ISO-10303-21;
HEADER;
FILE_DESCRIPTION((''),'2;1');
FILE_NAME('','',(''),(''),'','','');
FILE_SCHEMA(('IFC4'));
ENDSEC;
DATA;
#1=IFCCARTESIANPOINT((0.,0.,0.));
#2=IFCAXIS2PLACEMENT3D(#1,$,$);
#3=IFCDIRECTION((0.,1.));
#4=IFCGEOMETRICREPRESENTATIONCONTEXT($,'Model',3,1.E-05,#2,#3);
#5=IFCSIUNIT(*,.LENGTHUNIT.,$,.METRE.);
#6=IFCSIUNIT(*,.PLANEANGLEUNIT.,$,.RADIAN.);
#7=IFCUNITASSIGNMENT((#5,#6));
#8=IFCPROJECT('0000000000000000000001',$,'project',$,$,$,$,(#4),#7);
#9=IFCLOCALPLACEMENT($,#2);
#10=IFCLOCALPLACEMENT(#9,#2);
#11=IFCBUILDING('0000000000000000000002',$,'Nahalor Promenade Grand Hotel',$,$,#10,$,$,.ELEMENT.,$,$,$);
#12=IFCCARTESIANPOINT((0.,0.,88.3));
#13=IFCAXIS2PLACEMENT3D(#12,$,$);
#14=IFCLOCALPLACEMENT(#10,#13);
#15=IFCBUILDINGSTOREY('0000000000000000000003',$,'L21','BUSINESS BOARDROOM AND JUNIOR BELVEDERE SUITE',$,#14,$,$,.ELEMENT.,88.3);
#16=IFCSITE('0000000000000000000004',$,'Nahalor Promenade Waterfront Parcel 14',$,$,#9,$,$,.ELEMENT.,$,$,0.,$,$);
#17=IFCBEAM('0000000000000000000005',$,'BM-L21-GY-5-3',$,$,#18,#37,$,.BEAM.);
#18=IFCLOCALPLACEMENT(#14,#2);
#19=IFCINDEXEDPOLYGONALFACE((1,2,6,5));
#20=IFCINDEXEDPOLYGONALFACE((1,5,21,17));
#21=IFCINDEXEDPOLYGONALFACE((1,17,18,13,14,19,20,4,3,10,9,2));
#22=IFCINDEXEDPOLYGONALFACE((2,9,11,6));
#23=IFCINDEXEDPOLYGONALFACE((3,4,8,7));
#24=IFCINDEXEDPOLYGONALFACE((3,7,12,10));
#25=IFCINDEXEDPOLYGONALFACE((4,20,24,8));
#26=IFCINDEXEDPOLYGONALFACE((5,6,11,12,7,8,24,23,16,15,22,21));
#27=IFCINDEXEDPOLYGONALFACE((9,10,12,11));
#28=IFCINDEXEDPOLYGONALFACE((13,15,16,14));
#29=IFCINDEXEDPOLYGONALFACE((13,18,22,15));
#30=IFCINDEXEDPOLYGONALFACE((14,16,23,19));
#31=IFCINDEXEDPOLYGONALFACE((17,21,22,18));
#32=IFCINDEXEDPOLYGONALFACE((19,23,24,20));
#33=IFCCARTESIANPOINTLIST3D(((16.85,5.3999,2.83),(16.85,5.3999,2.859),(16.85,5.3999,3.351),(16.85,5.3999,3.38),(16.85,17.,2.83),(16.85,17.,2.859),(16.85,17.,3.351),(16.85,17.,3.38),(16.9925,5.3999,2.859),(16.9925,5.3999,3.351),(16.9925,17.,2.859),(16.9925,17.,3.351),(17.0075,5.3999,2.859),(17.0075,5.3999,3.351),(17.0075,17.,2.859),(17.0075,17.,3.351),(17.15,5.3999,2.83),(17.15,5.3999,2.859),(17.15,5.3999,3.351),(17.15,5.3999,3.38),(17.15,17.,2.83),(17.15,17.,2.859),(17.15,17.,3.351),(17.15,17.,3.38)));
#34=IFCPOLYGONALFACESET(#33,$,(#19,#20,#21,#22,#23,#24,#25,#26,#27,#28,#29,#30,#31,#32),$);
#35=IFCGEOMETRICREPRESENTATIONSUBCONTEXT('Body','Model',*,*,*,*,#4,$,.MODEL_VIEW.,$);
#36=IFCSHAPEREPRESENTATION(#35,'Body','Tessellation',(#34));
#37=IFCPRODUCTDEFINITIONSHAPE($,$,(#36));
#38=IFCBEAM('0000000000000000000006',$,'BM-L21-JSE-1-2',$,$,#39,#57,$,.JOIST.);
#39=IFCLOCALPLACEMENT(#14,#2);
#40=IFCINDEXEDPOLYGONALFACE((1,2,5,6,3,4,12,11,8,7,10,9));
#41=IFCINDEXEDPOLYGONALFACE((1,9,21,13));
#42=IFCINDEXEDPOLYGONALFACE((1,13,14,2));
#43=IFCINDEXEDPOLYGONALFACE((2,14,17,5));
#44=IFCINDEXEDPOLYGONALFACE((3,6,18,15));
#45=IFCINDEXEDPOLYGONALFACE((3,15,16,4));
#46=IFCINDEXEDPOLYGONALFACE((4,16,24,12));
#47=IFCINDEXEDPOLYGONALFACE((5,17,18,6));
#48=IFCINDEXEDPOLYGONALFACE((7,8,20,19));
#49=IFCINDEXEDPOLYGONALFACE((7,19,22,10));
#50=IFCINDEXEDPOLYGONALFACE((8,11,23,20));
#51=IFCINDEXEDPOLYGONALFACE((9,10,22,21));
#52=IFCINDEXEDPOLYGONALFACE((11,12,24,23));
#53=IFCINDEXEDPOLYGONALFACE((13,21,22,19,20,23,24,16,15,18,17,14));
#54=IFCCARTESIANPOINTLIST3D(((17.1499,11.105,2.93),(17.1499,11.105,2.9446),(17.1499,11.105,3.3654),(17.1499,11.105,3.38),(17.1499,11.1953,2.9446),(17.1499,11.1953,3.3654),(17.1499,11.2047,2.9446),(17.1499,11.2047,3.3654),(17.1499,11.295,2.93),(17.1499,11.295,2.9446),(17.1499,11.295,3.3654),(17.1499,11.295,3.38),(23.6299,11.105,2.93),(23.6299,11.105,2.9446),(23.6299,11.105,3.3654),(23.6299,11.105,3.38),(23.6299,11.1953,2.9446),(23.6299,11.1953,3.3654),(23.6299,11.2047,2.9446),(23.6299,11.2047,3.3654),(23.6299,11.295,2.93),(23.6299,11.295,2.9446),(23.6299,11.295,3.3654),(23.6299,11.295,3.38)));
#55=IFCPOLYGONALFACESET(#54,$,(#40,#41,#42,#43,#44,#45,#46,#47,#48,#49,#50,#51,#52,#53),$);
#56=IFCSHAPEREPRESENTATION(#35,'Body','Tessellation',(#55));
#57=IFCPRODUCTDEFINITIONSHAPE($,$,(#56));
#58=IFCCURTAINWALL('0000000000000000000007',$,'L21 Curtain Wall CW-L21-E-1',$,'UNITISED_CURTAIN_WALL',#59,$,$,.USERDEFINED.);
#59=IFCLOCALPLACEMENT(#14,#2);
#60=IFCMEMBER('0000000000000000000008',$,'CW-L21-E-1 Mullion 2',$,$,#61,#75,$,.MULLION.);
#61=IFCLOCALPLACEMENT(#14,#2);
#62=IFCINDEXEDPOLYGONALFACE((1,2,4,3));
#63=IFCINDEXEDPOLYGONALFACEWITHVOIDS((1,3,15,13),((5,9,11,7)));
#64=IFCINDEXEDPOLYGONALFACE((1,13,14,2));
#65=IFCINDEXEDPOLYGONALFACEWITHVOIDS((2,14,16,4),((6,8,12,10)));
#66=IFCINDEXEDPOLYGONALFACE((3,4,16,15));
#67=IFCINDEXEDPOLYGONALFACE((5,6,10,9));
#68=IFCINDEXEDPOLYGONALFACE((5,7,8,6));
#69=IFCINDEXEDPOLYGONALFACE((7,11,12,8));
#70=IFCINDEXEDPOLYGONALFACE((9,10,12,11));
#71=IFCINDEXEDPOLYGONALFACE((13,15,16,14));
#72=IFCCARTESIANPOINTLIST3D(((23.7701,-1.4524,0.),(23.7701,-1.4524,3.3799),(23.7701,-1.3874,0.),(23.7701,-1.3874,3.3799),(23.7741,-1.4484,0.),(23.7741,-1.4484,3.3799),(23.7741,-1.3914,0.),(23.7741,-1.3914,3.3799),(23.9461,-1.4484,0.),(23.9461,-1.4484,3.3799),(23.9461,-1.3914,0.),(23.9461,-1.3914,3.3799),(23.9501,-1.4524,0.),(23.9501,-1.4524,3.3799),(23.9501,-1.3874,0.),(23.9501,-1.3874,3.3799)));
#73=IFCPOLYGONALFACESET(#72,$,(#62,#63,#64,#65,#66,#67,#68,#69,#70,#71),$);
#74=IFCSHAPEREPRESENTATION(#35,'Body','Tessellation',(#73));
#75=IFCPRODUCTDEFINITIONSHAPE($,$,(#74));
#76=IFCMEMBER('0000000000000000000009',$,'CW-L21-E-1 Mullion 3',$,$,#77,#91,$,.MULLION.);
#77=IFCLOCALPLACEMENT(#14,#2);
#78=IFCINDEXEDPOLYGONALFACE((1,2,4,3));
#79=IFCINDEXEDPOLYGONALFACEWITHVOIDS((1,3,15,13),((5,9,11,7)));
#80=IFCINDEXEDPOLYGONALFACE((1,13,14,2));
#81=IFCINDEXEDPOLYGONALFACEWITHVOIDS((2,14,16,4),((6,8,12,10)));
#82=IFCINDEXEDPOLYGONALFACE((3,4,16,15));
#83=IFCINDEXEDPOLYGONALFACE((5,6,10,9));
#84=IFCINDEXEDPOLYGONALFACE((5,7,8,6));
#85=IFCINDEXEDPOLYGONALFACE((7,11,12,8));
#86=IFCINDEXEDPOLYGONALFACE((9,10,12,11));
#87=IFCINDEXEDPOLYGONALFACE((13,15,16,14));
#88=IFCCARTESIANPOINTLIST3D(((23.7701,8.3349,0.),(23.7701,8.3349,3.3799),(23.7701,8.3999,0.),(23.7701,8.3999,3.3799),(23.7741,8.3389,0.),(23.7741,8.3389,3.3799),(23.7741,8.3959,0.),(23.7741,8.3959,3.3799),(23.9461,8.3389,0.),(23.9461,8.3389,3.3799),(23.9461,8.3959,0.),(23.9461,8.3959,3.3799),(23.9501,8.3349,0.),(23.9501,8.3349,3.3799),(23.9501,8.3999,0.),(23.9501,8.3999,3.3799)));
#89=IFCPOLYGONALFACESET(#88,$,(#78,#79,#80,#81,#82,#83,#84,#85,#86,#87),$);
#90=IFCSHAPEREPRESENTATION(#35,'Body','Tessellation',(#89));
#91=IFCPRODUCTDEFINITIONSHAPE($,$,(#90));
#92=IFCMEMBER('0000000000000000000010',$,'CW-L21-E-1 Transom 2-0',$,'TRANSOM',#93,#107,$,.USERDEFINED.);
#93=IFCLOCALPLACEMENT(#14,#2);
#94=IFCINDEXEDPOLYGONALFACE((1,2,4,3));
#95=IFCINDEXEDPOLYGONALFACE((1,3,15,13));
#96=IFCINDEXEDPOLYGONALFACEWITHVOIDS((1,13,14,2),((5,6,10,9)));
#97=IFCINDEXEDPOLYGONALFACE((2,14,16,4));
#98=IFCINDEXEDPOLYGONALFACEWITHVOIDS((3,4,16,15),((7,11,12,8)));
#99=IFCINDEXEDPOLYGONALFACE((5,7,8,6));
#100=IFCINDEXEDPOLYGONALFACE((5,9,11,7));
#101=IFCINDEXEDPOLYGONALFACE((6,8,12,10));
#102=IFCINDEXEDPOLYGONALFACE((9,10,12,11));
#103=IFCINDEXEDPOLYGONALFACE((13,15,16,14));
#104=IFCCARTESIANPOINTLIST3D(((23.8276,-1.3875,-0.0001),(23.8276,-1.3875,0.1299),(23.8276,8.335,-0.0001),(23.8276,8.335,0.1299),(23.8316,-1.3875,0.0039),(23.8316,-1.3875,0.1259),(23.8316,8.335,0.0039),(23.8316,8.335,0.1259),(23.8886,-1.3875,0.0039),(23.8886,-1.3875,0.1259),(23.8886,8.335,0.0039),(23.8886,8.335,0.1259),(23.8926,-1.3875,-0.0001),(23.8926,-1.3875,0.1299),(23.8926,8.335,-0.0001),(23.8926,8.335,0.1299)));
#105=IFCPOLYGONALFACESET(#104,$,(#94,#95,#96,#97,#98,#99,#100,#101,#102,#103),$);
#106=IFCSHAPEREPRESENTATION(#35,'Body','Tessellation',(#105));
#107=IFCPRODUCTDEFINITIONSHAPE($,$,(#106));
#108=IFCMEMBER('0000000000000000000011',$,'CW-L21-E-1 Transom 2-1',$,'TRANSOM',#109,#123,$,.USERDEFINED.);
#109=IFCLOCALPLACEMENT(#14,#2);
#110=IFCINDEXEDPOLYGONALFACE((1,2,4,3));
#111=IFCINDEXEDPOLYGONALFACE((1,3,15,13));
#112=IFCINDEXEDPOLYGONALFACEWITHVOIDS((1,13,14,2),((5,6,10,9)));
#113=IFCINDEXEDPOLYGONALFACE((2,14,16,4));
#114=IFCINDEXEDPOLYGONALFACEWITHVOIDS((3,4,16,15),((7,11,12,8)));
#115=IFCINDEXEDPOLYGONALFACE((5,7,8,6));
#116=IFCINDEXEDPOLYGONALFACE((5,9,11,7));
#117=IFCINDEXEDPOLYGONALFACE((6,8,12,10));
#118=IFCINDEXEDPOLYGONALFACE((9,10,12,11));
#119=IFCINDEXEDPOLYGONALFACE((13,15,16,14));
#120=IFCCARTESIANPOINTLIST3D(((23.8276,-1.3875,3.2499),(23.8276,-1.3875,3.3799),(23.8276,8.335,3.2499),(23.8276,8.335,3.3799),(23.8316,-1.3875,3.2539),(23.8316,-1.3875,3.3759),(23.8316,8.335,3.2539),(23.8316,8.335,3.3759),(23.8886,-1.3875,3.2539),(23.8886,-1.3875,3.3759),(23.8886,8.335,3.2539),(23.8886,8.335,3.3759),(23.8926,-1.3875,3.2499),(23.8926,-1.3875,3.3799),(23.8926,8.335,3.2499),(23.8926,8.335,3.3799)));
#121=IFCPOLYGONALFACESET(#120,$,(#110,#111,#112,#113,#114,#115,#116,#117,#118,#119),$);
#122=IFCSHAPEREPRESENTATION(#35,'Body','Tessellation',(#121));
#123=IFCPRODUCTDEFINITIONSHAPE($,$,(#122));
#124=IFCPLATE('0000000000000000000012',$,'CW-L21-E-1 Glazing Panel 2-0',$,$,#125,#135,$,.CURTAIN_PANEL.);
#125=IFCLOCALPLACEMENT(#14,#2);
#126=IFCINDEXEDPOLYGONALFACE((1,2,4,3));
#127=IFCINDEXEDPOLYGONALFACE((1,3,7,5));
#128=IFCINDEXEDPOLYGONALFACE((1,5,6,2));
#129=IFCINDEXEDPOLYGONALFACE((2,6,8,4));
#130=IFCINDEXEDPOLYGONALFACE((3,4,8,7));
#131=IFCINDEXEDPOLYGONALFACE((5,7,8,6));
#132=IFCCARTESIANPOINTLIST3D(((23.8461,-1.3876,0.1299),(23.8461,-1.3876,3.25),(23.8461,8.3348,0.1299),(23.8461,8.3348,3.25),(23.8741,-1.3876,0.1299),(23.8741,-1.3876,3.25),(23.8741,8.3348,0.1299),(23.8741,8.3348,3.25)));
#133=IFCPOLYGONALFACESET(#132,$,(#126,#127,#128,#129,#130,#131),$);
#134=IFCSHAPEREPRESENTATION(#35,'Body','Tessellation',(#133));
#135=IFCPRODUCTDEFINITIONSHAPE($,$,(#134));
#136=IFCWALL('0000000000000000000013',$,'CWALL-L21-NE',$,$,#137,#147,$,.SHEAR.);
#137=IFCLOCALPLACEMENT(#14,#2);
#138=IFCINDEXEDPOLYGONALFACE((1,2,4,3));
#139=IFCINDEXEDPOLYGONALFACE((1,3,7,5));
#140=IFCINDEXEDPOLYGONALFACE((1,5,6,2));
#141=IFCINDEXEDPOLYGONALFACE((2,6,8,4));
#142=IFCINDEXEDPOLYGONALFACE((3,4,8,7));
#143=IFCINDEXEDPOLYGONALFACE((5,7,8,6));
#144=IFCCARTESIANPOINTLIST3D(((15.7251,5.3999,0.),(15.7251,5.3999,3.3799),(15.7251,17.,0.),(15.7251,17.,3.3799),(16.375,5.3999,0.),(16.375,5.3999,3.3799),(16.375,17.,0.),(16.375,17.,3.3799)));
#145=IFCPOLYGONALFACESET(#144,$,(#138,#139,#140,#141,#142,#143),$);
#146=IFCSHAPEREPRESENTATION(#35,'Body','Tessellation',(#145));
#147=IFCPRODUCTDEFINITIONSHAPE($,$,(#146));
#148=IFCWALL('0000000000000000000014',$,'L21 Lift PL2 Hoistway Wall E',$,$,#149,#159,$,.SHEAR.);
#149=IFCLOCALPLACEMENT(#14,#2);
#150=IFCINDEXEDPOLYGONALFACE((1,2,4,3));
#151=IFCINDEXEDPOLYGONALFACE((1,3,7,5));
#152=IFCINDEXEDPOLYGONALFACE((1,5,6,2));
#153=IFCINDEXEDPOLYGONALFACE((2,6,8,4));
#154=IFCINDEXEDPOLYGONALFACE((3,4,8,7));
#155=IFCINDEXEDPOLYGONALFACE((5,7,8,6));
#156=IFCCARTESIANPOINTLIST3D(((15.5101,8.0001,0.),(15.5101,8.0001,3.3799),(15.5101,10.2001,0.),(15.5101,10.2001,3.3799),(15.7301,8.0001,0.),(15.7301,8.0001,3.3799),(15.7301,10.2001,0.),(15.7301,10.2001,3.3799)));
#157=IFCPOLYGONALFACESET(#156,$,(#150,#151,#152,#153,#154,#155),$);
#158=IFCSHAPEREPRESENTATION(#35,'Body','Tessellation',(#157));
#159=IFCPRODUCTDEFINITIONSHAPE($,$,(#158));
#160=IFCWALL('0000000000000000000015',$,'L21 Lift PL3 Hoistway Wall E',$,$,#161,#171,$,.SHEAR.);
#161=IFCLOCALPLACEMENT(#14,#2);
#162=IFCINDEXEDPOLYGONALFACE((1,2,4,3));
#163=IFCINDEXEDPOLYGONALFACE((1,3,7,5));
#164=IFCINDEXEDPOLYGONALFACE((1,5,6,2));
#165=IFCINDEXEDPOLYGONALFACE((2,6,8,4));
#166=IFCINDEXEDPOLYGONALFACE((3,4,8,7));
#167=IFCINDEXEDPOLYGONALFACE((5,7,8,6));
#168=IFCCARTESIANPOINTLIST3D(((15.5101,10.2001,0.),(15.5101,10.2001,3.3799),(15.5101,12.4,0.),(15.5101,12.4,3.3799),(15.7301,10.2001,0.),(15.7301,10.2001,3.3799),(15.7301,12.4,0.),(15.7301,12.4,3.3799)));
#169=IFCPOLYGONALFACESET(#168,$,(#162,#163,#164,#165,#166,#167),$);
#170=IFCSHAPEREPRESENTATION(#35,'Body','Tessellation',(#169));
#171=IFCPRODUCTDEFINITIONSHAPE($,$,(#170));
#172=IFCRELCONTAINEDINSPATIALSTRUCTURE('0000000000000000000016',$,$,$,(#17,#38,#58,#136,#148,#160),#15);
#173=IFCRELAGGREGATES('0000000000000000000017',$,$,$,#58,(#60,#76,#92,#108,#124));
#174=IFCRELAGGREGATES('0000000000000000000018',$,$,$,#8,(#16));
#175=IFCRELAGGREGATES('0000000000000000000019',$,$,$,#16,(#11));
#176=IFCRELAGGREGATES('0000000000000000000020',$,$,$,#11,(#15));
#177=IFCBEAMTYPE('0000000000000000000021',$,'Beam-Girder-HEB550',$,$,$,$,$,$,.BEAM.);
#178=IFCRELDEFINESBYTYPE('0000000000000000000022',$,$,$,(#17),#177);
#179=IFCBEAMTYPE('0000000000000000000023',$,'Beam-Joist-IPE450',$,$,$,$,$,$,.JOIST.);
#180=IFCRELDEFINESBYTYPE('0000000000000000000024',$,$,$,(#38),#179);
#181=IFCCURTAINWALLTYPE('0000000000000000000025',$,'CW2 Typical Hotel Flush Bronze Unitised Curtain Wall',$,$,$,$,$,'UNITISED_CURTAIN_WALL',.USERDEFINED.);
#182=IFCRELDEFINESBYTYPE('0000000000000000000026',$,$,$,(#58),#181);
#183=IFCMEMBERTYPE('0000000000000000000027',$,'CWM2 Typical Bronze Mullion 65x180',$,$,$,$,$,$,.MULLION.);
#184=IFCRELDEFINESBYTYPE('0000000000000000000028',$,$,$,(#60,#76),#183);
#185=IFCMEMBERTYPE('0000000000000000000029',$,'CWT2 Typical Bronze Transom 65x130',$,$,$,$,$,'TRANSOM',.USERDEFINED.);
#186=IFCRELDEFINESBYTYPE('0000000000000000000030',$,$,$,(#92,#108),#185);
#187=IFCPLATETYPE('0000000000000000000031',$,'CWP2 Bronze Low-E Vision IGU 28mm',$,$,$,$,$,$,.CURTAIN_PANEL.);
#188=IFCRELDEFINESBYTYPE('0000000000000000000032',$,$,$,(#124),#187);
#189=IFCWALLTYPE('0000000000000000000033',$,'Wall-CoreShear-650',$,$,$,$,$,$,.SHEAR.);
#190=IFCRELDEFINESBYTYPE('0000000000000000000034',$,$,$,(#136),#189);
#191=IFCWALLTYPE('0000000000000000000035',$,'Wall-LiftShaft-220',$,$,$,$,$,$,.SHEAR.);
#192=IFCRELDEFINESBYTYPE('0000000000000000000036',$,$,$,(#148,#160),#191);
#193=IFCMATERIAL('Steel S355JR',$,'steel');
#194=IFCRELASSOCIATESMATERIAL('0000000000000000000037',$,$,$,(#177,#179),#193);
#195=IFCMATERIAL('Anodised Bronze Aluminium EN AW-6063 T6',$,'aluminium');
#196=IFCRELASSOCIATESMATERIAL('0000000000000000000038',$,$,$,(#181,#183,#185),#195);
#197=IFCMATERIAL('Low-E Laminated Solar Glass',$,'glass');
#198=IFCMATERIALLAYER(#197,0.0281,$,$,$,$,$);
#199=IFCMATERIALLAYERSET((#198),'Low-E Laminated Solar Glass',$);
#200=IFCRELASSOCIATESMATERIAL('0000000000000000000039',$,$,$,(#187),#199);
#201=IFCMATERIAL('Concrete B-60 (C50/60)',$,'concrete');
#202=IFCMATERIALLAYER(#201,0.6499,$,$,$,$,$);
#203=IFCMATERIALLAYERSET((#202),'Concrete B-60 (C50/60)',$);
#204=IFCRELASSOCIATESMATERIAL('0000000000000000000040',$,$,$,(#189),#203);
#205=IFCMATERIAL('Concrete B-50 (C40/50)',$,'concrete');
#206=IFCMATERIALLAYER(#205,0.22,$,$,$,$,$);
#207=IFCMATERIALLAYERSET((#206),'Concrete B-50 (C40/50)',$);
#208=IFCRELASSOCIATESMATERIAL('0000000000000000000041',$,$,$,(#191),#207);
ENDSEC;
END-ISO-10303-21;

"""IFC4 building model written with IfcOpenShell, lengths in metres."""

from ifc_helpers import new_model, si_unit, direction, frame, frame_2d, origin, origin_2d, place, context, subcontext, project, spatial, rectangle, hollow_rectangle, i_section, extrude, source, transform, mapped, material, layer, layer_set, material_profile, profile_set, type_object, element, aggregate, save


model = new_model("IFC4")

# Units and contexts
model_context = context("Model", 3, precision=1e-05, world=origin(), true_north=direction((0.0, 1.0)))
body_context = subcontext(model_context, "Body", "Model", "MODEL_VIEW")
ifc_project = project(units=[si_unit("LENGTHUNIT", "METRE"), si_unit("PLANEANGLEUNIT", "RADIAN")], contexts=[model_context])

# Site, building, storey
site_placement = place(None, origin())
site = spatial("IfcSite", under=ifc_project, at=site_placement, Name="Nahalor Promenade Waterfront Parcel 14", CompositionType="ELEMENT", RefElevation=0.0)
building_placement = place(site_placement, origin())
building = spatial("IfcBuilding", under=site, at=building_placement, Name="Nahalor Promenade Grand Hotel", CompositionType="ELEMENT")
storey_placement = place(building_placement, frame((0.0, 0.0, 88.3)))
storey = spatial("IfcBuildingStorey", under=building, at=storey_placement, Name="L21", Description="BUSINESS BOARDROOM AND JUNIOR BELVEDERE SUITE", CompositionType="ELEMENT", Elevation=88.3)

# Beams
ifc_material_1 = material(Name="Steel S355JR", Category="steel")
ifc_material_profile_1 = material_profile(ifc_material_1, i_section(OverallWidth=0.3, OverallDepth=0.55, WebThickness=0.015, FlangeThickness=0.029, at=origin_2d()), Name="HEB 550")
ifc_profile_set_1 = profile_set([ifc_material_profile_1], Name="Steel S355JR")
beam_type_1 = type_object("IfcBeamType", Name="Beam-Girder-HEB550", PredefinedType="BEAM", material=ifc_profile_set_1)
shared_shape_1 = source(origin(), body_context, "Body", "SweptSolid", [
    extrude(i_section(OverallWidth=0.3, OverallDepth=0.55, WebThickness=0.015, FlangeThickness=0.029, at=origin_2d()), origin(), (0.0, 0.0, 1.0), 11.6001),
])
beam_1_placement = place(storey_placement, frame((17.0, 5.3999, 3.105), z_axis=(0.0, 1.0, 0.0), x_axis=(-1.0, 0.0, 0.0)))
element("IfcBeam", 1, at=beam_1_placement, inside=storey, type_object=beam_type_1, Name="BM-L21-GY-5-3", PredefinedType="BEAM", context=body_context, shape_type="MappedRepresentation", body=[
    mapped(shared_shape_1, transform((0.0, 0.0, 0.0), scale=1.0)),
])
ifc_material_profile_2 = material_profile(ifc_material_1, i_section(OverallWidth=0.19, OverallDepth=0.45, WebThickness=0.0094, FlangeThickness=0.0146, at=origin_2d()), Name="IPE 450")
ifc_profile_set_2 = profile_set([ifc_material_profile_2], Name="Steel S355JR")
beam_type_2 = type_object("IfcBeamType", Name="Beam-Joist-IPE450", PredefinedType="JOIST", material=ifc_profile_set_2)
shared_shape_2 = source(origin(), body_context, "Body", "SweptSolid", [
    extrude(i_section(OverallWidth=0.19, OverallDepth=0.45, WebThickness=0.0094, FlangeThickness=0.0146, at=origin_2d()), origin(), (0.0, 0.0, 1.0), 6.48),
])
beam_2_placement = place(storey_placement, frame((17.1499, 11.2, 3.155), z_axis=(1.0, 0.0, 0.0), x_axis=(0.0, 1.0, 0.0)))
element("IfcBeam", 2, at=beam_2_placement, inside=storey, type_object=beam_type_2, Name="BM-L21-JSE-1-2", PredefinedType="JOIST", context=body_context, shape_type="MappedRepresentation", body=[
    mapped(shared_shape_2, transform((0.0, 0.0, 0.0), scale=1.0)),
])

# Curtain wall, members, plate
ifc_material_2 = material(Name="Anodised Bronze Aluminium EN AW-6063 T6", Category="aluminium")
curtain_wall_type = type_object("IfcCurtainWallType", Name="CW2 Typical Hotel Flush Bronze Unitised Curtain Wall", ElementType="UNITISED_CURTAIN_WALL", PredefinedType="USERDEFINED", material=ifc_material_2)
curtain_wall_placement = place(storey_placement, origin())
curtain_wall = element("IfcCurtainWall", 3, at=curtain_wall_placement, inside=storey, type_object=curtain_wall_type, Name="L21 Curtain Wall CW-L21-E-1", ObjectType="UNITISED_CURTAIN_WALL", PredefinedType="USERDEFINED")
ifc_material_profile_3 = material_profile(ifc_material_2, hollow_rectangle(XDim=0.065, YDim=0.18, WallThickness=0.004, at=origin_2d()), Name="CWM 65x180x4")
ifc_profile_set_3 = profile_set([ifc_material_profile_3], Name="Anodised Bronze Aluminium EN AW-6063 T6")
member_type_1 = type_object("IfcMemberType", Name="CWM2 Typical Bronze Mullion 65x180", PredefinedType="MULLION", material=ifc_profile_set_3)
shared_shape_3 = source(origin(), body_context, "Body", "SweptSolid", [
    extrude(hollow_rectangle(XDim=0.065, YDim=0.18, WallThickness=0.004, at=origin_2d()), origin(), (0.0, 0.0, 1.0), 3.3799),
])
member_1_placement = place(storey_placement, frame((23.8601, -1.4199, 0.0), z_axis=(0.0, 0.0, 1.0), x_axis=(0.0, 1.0, 0.0)))
member_1 = element("IfcMember", 4, at=member_1_placement, type_object=member_type_1, Name="CW-L21-E-1 Mullion 2", PredefinedType="MULLION", context=body_context, shape_type="MappedRepresentation", body=[
    mapped(shared_shape_3, transform((0.0, 0.0, 0.0), scale=1.0)),
])
member_2_placement = place(storey_placement, frame((23.8601, 8.3674, 0.0), z_axis=(0.0, 0.0, 1.0), x_axis=(0.0, 1.0, 0.0)))
member_2 = element("IfcMember", 5, at=member_2_placement, type_object=member_type_1, Name="CW-L21-E-1 Mullion 3", PredefinedType="MULLION", context=body_context, shape_type="MappedRepresentation", body=[
    mapped(shared_shape_3, transform((0.0, 0.0, 0.0), scale=1.0)),
])
ifc_material_profile_4 = material_profile(ifc_material_2, hollow_rectangle(XDim=0.065, YDim=0.13, WallThickness=0.004, at=origin_2d()), Name="CWT 65x130x4")
ifc_profile_set_4 = profile_set([ifc_material_profile_4], Name="Anodised Bronze Aluminium EN AW-6063 T6")
member_type_2 = type_object("IfcMemberType", Name="CWT2 Typical Bronze Transom 65x130", ElementType="TRANSOM", PredefinedType="USERDEFINED", material=ifc_profile_set_4)
shared_shape_4 = source(origin(), body_context, "Body", "SweptSolid", [
    extrude(hollow_rectangle(XDim=0.065, YDim=0.13, WallThickness=0.004, at=origin_2d()), origin(), (0.0, 0.0, 1.0), 9.7224),
])
member_3_placement = place(storey_placement, frame((23.8601, -1.3875, 0.0649), z_axis=(0.0, 1.0, 0.0), x_axis=(-1.0, 0.0, 0.0)))
member_3 = element("IfcMember", 6, at=member_3_placement, type_object=member_type_2, Name="CW-L21-E-1 Transom 2-0", ObjectType="TRANSOM", PredefinedType="USERDEFINED", context=body_context, shape_type="MappedRepresentation", body=[
    mapped(shared_shape_4, transform((0.0, 0.0, 0.0), scale=1.0)),
])
member_4_placement = place(storey_placement, frame((23.8601, -1.3875, 3.3149), z_axis=(0.0, 1.0, 0.0), x_axis=(-1.0, 0.0, 0.0)))
member_4 = element("IfcMember", 7, at=member_4_placement, type_object=member_type_2, Name="CW-L21-E-1 Transom 2-1", ObjectType="TRANSOM", PredefinedType="USERDEFINED", context=body_context, shape_type="MappedRepresentation", body=[
    mapped(shared_shape_4, transform((0.0, 0.0, 0.0), scale=1.0)),
])
ifc_material_3 = material(Name="Low-E Laminated Solar Glass", Category="glass")
ifc_layer_1 = layer(ifc_material_3, 0.0281)
ifc_layer_set_1 = layer_set([ifc_layer_1], Name="Low-E Laminated Solar Glass")
plate_type = type_object("IfcPlateType", Name="CWP2 Bronze Low-E Vision IGU 28mm", PredefinedType="CURTAIN_PANEL", material=ifc_layer_set_1)
shared_shape_5 = source(origin(), body_context, "Body", "SweptSolid", [
    extrude(rectangle(XDim=9.7224, YDim=0.0281, at=origin_2d()), origin(), (0.0, 0.0, 1.0), 3.1201),
])
plate_placement = place(storey_placement, frame((23.8601, 3.4736, 0.1299), z_axis=(0.0, 0.0, 1.0), x_axis=(0.0, 1.0, 0.0)))
plate = element("IfcPlate", 8, at=plate_placement, type_object=plate_type, Name="CW-L21-E-1 Glazing Panel 2-0", PredefinedType="CURTAIN_PANEL", context=body_context, shape_type="MappedRepresentation", body=[
    mapped(shared_shape_5, transform((0.0, 0.0, 0.0), scale=1.0)),
])
aggregate(curtain_wall, [member_1, member_2, member_3, member_4, plate])

# Walls
ifc_material_4 = material(Name="Concrete B-60 (C50/60)", Category="concrete")
ifc_layer_2 = layer(ifc_material_4, 0.6499)
ifc_layer_set_2 = layer_set([ifc_layer_2], Name="Concrete B-60 (C50/60)")
wall_type_1 = type_object("IfcWallType", Name="Wall-CoreShear-650", PredefinedType="SHEAR", material=ifc_layer_set_2)
shared_shape_6 = source(origin(), body_context, "Body", "SweptSolid", [
    extrude(rectangle(XDim=11.6001, YDim=0.6499, at=frame_2d((5.8, 0.0))), origin(), (0.0, 0.0, 1.0), 3.3799),
])
wall_1_placement = place(storey_placement, frame((16.05, 5.3999, 0.0), z_axis=(0.0, 0.0, 1.0), x_axis=(0.0, 1.0, 0.0)))
element("IfcWall", 9, at=wall_1_placement, inside=storey, type_object=wall_type_1, Name="CWALL-L21-NE", PredefinedType="SHEAR", context=body_context, shape_type="MappedRepresentation", body=[
    mapped(shared_shape_6, transform((0.0, 0.0, 0.0), scale=1.0)),
])
ifc_material_5 = material(Name="Concrete B-50 (C40/50)", Category="concrete")
ifc_layer_3 = layer(ifc_material_5, 0.22)
ifc_layer_set_3 = layer_set([ifc_layer_3], Name="Concrete B-50 (C40/50)")
wall_type_2 = type_object("IfcWallType", Name="Wall-LiftShaft-220", PredefinedType="SHEAR", material=ifc_layer_set_3)
shared_shape_7 = source(origin(), body_context, "Body", "SweptSolid", [
    extrude(rectangle(XDim=2.2, YDim=0.22, at=frame_2d((1.1001, 0.0))), origin(), (0.0, 0.0, 1.0), 3.3799),
])
for number, where, z_axis, x_axis, name in (
    (10, (15.6201, 8.0, 0.0), (0.0, 0.0, 1.0), (0.0, 1.0, 0.0), "L21 Lift PL2 Hoistway Wall E"),
    (11, (15.6201, 10.2, 0.0), (0.0, 0.0, 1.0), (0.0, 1.0, 0.0), "L21 Lift PL3 Hoistway Wall E"),
):
    element("IfcWall", number, at=place(storey_placement, frame(where, z_axis=z_axis, x_axis=x_axis)), inside=storey, type_object=wall_type_2, Name=name, PredefinedType="SHEAR", context=body_context, shape_type="MappedRepresentation", body=[
        mapped(shared_shape_7, transform((0.0, 0.0, 0.0), scale=1.0)),
    ])

save(model, "model.ifc")
